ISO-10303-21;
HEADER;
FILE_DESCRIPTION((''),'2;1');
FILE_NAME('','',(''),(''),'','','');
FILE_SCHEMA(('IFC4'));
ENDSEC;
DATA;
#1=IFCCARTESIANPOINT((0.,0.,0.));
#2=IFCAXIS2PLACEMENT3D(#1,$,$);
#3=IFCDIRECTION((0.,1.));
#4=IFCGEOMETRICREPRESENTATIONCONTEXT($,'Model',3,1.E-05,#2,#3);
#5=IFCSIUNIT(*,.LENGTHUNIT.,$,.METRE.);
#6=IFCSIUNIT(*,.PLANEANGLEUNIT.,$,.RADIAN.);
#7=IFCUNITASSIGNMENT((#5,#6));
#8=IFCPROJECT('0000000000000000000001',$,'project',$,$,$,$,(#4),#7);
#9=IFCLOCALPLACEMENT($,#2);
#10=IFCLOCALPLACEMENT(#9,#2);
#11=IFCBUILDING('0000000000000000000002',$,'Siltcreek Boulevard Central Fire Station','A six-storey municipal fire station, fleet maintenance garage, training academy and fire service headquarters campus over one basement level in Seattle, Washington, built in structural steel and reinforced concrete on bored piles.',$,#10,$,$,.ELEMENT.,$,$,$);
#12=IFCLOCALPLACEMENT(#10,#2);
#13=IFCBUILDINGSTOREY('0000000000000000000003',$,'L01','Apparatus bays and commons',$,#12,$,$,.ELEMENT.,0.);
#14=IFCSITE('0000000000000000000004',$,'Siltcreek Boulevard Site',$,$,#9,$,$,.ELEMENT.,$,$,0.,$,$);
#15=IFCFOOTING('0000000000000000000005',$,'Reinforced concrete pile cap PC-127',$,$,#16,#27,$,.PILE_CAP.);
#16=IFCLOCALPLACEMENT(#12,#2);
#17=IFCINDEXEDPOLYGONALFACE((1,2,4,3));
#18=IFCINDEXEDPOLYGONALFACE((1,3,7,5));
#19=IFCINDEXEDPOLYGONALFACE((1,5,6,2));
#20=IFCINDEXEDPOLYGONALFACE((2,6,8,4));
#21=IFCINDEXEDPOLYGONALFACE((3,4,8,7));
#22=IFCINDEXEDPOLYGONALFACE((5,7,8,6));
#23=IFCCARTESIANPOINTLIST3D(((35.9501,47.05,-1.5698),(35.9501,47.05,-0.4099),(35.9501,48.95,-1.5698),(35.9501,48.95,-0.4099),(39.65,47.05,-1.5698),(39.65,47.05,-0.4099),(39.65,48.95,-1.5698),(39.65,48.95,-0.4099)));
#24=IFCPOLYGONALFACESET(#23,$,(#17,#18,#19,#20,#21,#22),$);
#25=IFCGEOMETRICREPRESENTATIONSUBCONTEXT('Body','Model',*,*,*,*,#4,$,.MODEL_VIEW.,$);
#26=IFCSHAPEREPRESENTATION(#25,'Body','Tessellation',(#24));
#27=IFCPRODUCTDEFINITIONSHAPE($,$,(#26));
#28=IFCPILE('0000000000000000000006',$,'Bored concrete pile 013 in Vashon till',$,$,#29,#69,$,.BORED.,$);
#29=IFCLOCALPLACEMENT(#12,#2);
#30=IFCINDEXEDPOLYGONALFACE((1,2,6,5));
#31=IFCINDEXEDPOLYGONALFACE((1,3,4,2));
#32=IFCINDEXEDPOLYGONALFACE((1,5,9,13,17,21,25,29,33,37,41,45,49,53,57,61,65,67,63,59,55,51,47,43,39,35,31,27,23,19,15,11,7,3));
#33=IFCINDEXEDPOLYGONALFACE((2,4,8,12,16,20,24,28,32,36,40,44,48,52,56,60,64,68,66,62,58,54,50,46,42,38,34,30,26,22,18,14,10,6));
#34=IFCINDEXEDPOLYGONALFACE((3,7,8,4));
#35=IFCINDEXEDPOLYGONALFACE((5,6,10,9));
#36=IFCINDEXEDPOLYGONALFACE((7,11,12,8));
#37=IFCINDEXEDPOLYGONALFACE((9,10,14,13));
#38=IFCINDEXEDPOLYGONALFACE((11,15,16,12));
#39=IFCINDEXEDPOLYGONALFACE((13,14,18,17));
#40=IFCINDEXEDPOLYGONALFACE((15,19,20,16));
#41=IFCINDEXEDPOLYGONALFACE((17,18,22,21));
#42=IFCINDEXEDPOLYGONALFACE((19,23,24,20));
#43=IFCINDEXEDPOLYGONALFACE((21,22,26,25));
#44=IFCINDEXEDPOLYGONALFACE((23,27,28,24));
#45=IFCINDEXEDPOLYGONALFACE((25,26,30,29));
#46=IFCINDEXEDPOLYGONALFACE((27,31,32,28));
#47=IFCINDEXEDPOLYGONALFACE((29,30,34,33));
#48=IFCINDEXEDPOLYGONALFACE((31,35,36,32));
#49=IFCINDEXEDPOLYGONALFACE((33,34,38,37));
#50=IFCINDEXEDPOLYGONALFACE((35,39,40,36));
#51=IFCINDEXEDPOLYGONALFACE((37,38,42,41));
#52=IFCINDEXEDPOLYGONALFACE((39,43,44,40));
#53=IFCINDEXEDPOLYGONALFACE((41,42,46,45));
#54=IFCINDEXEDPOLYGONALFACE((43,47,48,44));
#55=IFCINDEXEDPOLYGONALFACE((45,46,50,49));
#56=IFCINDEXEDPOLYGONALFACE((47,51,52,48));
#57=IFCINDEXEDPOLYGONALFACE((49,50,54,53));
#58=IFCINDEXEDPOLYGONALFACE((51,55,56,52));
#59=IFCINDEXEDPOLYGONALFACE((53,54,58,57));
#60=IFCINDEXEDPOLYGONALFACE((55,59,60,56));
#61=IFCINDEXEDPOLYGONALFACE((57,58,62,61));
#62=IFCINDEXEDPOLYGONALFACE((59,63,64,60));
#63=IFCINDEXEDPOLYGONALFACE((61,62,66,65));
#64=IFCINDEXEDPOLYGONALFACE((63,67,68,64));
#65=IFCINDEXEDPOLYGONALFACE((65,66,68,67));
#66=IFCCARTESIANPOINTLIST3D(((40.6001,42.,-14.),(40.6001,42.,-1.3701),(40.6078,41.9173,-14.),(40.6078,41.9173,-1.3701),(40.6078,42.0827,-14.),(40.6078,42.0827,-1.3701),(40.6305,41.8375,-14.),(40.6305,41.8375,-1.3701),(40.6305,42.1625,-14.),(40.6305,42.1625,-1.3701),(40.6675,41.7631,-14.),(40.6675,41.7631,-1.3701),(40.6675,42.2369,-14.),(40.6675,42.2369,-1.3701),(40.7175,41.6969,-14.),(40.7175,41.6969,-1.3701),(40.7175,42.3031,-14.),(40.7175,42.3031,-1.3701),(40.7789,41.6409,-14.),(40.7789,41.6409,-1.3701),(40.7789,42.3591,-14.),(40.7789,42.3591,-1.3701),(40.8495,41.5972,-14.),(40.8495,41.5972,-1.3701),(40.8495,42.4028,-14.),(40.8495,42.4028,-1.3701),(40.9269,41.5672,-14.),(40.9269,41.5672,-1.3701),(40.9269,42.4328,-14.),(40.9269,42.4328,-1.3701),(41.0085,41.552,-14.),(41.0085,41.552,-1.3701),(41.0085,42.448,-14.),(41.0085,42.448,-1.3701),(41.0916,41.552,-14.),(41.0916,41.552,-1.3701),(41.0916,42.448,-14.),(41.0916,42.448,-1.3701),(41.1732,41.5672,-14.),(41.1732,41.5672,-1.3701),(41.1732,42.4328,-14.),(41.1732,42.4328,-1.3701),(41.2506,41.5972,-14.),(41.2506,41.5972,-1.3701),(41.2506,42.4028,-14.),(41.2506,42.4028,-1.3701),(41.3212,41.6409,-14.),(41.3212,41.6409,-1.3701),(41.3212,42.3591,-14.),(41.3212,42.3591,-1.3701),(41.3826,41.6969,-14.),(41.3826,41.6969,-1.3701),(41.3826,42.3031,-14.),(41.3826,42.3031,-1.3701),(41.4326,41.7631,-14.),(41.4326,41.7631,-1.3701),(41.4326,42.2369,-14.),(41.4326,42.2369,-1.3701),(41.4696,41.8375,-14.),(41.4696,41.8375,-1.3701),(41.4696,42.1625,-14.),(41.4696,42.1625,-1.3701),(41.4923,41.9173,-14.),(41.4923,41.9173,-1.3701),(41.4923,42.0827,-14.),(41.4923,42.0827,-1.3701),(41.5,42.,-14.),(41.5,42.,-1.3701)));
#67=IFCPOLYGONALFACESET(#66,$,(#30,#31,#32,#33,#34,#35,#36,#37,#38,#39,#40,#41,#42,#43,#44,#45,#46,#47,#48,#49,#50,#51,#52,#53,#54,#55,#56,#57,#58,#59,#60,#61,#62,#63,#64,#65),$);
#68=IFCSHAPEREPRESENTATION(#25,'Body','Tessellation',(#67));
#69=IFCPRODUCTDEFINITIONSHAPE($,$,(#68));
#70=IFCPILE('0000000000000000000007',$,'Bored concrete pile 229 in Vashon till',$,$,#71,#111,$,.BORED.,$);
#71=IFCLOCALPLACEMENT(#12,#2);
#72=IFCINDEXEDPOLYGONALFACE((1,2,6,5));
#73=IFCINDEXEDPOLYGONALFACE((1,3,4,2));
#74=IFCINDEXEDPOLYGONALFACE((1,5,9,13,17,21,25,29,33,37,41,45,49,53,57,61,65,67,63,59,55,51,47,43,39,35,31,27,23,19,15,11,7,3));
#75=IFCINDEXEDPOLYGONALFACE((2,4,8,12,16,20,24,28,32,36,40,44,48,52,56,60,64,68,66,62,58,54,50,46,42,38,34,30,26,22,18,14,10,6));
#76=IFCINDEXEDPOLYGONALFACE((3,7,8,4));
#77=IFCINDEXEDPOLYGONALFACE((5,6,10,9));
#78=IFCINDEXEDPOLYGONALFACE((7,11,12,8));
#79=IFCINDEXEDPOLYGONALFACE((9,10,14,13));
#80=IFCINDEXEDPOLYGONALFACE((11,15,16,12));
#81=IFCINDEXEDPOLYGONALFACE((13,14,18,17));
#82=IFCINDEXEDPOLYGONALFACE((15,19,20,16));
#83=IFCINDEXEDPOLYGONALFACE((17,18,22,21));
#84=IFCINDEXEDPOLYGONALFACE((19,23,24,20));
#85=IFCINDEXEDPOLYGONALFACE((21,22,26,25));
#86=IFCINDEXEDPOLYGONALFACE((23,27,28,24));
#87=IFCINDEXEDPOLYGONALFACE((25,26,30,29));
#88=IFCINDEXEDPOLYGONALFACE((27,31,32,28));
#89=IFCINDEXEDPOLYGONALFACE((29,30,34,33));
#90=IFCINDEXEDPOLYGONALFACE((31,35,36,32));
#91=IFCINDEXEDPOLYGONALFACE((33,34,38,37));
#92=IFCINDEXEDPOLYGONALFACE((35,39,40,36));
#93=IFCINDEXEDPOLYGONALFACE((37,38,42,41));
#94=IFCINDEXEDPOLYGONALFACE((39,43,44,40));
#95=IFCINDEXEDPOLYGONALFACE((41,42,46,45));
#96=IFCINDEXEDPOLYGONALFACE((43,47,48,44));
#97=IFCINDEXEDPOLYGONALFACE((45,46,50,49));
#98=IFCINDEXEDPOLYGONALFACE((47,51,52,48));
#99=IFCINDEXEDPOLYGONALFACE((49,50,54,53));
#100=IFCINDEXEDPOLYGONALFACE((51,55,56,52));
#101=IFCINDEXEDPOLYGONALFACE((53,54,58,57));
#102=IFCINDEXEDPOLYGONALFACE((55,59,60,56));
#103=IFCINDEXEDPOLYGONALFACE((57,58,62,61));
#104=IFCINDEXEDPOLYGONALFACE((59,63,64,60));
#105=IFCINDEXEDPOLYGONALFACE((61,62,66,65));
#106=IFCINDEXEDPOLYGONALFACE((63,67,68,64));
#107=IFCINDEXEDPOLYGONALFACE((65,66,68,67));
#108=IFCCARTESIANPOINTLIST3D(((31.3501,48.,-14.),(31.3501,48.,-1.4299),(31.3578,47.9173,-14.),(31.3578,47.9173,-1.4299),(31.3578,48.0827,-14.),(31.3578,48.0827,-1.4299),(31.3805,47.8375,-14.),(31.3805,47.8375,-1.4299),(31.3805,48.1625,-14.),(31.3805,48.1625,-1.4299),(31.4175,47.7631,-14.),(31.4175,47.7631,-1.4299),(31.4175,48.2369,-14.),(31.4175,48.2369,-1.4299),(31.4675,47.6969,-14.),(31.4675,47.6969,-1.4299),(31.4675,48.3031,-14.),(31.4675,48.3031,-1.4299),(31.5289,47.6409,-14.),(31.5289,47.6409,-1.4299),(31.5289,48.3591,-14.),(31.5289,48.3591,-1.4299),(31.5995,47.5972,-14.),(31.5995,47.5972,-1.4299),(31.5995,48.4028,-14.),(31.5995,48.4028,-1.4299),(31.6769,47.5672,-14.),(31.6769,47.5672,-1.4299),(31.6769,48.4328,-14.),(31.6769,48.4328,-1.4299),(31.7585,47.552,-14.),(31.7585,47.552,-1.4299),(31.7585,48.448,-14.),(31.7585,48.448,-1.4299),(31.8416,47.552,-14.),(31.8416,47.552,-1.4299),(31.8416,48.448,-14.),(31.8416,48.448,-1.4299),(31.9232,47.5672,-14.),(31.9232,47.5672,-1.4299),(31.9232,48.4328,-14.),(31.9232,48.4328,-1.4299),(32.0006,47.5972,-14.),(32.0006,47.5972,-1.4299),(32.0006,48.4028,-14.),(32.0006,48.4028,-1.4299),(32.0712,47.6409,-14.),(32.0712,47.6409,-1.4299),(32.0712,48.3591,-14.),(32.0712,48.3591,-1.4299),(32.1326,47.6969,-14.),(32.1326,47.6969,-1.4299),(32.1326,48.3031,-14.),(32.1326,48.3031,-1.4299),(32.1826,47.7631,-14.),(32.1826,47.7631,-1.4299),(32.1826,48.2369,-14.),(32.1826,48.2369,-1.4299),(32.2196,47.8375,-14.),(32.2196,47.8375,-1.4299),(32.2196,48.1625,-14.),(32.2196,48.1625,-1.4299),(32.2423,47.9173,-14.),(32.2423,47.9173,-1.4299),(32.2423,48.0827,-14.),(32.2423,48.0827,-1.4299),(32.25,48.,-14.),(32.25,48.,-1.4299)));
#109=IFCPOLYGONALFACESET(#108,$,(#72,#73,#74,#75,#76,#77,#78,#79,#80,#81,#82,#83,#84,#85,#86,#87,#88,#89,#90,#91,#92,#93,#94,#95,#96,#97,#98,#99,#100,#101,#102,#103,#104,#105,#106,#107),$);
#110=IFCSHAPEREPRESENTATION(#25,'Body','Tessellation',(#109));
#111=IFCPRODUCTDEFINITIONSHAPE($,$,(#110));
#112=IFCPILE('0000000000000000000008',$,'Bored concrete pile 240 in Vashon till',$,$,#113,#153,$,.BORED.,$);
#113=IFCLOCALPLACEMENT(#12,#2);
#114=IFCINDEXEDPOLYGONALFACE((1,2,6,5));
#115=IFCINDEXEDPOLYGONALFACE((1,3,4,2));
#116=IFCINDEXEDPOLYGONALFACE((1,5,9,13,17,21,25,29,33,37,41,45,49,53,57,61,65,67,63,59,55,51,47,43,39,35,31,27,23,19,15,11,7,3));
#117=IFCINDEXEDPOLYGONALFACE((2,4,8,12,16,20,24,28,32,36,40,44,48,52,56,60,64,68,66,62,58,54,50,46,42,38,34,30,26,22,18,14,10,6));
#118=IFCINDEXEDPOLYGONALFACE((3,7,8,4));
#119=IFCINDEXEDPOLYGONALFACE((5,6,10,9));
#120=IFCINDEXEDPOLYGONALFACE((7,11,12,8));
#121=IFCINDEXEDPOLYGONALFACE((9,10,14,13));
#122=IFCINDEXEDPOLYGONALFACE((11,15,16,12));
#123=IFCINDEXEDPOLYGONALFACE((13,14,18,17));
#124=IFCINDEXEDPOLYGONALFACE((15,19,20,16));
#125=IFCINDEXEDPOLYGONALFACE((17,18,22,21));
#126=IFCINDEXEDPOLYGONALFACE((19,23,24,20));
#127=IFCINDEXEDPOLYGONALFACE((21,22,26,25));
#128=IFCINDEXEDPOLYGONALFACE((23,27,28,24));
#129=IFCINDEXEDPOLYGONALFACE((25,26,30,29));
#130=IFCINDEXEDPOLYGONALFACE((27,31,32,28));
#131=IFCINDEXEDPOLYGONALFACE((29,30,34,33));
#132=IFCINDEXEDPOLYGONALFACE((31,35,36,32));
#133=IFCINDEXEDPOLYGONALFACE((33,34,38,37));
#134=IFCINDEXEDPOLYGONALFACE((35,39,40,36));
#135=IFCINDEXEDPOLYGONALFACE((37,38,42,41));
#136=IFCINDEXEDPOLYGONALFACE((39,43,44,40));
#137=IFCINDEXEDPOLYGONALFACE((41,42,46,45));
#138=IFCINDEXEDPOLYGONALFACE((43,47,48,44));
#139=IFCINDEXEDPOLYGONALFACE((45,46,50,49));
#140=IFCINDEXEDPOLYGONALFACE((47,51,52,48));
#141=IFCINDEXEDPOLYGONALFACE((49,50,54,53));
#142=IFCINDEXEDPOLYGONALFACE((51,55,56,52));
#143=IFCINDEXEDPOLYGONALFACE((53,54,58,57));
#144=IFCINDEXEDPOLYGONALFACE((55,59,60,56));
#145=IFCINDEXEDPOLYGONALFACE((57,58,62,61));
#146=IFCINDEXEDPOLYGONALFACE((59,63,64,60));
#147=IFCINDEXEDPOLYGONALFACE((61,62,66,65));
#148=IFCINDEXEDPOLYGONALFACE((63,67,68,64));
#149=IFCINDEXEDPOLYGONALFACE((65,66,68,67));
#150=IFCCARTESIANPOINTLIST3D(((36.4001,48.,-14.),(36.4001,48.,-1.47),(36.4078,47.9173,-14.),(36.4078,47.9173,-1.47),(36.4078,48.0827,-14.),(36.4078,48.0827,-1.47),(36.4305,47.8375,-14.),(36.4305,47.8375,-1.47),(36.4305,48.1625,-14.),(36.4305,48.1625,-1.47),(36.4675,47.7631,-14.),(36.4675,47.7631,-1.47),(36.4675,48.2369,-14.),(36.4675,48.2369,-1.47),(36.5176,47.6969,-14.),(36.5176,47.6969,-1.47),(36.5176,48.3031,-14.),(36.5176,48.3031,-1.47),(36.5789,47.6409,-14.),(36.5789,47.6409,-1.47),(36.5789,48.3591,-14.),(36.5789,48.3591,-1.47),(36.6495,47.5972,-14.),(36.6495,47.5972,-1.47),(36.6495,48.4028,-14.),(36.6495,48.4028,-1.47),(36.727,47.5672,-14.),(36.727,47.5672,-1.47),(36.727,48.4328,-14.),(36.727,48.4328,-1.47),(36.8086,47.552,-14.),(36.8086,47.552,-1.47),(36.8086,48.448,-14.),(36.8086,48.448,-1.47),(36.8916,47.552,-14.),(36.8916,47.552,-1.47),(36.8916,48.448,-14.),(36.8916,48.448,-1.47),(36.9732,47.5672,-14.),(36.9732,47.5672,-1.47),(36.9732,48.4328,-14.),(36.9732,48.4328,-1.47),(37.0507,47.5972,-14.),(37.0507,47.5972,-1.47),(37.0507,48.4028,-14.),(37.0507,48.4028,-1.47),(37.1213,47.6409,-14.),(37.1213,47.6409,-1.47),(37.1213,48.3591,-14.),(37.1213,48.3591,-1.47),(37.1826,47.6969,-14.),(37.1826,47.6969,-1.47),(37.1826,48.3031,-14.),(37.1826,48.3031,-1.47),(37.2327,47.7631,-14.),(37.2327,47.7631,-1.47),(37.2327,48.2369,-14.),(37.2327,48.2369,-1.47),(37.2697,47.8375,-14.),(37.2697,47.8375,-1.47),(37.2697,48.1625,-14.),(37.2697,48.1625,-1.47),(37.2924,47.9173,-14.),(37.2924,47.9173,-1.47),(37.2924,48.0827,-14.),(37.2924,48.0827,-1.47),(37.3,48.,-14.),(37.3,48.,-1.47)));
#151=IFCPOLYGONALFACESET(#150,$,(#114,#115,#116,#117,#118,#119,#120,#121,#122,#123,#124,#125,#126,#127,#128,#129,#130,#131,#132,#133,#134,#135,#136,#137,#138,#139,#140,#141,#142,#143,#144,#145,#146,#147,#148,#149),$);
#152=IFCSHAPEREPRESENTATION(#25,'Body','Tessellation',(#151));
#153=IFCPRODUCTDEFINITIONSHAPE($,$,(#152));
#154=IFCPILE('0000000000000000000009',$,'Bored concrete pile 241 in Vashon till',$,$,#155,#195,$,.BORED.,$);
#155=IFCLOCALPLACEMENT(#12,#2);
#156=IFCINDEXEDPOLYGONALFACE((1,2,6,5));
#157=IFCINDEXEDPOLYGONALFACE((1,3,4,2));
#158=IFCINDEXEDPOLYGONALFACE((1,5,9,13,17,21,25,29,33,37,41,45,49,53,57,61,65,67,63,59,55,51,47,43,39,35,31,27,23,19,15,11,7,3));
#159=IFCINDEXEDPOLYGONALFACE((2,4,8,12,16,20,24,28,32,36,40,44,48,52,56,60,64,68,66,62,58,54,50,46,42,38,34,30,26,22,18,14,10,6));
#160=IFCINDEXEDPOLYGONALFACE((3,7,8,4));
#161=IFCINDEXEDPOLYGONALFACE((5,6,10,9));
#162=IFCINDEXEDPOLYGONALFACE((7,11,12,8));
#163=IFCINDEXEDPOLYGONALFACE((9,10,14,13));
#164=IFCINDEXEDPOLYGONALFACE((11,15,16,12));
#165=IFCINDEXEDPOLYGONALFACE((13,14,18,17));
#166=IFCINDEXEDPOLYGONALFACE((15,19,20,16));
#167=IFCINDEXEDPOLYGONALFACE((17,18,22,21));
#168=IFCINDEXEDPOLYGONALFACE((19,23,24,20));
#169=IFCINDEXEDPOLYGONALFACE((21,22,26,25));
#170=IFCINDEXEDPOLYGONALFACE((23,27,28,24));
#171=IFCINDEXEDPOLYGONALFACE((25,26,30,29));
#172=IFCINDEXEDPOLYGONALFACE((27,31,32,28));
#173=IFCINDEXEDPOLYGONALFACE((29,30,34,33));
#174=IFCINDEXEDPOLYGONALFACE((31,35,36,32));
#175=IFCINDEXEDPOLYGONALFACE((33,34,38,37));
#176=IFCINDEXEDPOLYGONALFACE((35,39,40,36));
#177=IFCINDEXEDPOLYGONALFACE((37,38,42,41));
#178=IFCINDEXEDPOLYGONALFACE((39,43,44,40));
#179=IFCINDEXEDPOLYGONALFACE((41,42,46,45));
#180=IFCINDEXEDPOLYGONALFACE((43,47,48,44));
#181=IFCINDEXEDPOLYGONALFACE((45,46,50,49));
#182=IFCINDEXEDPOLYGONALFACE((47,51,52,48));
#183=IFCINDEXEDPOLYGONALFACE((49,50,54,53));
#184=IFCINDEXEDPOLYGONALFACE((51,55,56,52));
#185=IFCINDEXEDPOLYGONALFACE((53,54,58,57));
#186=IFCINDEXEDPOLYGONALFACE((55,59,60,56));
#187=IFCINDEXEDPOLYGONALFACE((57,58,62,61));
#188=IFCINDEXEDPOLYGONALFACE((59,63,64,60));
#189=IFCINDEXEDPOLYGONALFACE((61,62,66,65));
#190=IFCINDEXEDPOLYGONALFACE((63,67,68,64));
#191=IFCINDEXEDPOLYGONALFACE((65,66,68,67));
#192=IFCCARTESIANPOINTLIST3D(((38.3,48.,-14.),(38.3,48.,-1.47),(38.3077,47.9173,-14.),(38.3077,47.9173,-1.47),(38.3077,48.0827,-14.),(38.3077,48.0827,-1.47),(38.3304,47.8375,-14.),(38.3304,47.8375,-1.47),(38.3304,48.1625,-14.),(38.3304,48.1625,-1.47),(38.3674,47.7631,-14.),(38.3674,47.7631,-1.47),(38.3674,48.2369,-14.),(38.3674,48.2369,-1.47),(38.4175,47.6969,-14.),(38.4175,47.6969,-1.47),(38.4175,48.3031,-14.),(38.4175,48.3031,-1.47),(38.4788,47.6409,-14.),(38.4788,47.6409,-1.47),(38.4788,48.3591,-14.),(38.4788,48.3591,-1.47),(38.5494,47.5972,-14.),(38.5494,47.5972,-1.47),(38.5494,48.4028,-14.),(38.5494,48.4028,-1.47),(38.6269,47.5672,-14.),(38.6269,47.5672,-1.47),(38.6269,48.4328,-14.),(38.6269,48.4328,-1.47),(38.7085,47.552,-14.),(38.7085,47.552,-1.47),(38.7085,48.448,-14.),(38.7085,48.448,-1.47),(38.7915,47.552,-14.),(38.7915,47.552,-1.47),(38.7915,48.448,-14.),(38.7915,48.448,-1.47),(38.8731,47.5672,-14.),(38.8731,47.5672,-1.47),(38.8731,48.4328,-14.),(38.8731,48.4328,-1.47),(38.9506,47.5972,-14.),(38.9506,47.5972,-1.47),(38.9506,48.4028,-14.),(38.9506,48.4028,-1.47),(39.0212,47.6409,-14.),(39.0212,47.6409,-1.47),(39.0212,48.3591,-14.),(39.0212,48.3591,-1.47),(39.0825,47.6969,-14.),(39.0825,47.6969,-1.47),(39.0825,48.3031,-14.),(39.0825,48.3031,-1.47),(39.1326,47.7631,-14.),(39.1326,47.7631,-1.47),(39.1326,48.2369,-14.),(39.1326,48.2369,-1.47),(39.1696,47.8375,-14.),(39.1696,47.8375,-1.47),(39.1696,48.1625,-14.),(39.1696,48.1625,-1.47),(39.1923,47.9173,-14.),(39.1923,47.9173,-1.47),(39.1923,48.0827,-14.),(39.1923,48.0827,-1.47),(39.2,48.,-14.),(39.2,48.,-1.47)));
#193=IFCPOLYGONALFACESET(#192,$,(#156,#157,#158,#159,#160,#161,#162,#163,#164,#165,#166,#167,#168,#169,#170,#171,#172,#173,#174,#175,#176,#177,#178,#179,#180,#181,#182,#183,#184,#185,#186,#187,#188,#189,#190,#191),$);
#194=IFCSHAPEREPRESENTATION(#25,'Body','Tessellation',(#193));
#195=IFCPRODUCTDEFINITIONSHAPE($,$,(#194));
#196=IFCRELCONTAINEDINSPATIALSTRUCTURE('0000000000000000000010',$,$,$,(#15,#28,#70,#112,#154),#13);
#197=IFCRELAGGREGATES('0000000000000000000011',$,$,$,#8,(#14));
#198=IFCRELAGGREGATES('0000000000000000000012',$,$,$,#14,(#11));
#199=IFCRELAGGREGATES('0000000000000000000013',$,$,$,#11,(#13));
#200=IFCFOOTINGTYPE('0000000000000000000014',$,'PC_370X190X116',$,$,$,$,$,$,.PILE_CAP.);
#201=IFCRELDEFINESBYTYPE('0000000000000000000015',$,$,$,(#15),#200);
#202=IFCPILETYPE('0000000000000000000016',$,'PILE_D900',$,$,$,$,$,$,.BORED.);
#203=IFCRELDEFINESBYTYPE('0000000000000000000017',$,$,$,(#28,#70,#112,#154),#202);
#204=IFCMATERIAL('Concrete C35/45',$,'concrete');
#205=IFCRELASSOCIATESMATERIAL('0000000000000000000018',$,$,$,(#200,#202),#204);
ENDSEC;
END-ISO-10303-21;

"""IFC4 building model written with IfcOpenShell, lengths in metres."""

from ifc_helpers import new_model, si_unit, direction, frame, origin, origin_2d, place, context, subcontext, project, spatial, rectangle, circle, extrude, material, material_profile, profile_set, type_object, element, save


model = new_model("IFC4")

# Units and contexts
model_context = context("Model", 3, precision=1e-05, world=origin(), true_north=direction((0.0, 1.0)))
body_context = subcontext(model_context, "Body", "Model", "MODEL_VIEW")
ifc_project = project(units=[si_unit("LENGTHUNIT", "METRE"), si_unit("PLANEANGLEUNIT", "RADIAN")], contexts=[model_context])

# Site, building, storey
site_placement = place(None, origin())
site = spatial("IfcSite", under=ifc_project, at=site_placement, Name="Siltcreek Boulevard Site", CompositionType="ELEMENT", RefElevation=0.0)
building_placement = place(site_placement, origin())
building = spatial("IfcBuilding", under=site, at=building_placement, Name="Siltcreek Boulevard Central Fire Station", Description="A six-storey municipal fire station, fleet maintenance garage, training academy and fire service headquarters campus over one basement level in Seattle, Washington, built in structural steel and reinforced concrete on bored piles.", CompositionType="ELEMENT")
storey_placement = place(building_placement, origin())
storey = spatial("IfcBuildingStorey", under=building, at=storey_placement, Name="L01", Description="Apparatus bays and commons", CompositionType="ELEMENT", Elevation=0.0)

# Footing
ifc_material_1 = material(Name="Concrete C35/45", Category="concrete")
footing_type_1 = type_object("IfcFootingType", Name="PC_370X190X116", PredefinedType="PILE_CAP", material=ifc_material_1)
footing_1_placement = place(storey_placement, frame((37.8, 48.0, -1.5698), z_axis=(0.0, 0.0, 1.0), x_axis=(1.0, 0.0, 0.0)))
element("IfcFooting", 1, at=footing_1_placement, inside=storey, type_object=footing_type_1, Name="Reinforced concrete pile cap PC-127", PredefinedType="PILE_CAP", context=body_context, shape_type="SweptSolid", body=[
    extrude(rectangle(XDim=3.7, YDim=1.8999, at=origin_2d()), origin(), (0.0, 0.0, 1.0), 1.1599),
])

# Piles
ifc_material_profile_1 = material_profile(ifc_material_1, circle(Radius=0.45, at=origin_2d()), Name="SHAFT900")
ifc_profile_set_1 = profile_set([ifc_material_profile_1], Name="Concrete C35/45")
pile_type = type_object("IfcPileType", Name="PILE_D900", PredefinedType="BORED", material=ifc_profile_set_1)
pile_1_placement = place(storey_placement, frame((41.05, 42.0, -1.3701), z_axis=(0.0, 0.0, -1.0), x_axis=(1.0, 0.0, 0.0)))
element("IfcPile", 2, at=pile_1_placement, inside=storey, type_object=pile_type, Name="Bored concrete pile 013 in Vashon till", PredefinedType="BORED", context=body_context, shape_type="SweptSolid", body=[
    extrude(circle(Radius=0.45, at=origin_2d()), origin(), (0.0, 0.0, 1.0), 12.6299),
])
pile_2_placement = place(storey_placement, frame((31.8, 48.0, -1.4299), z_axis=(0.0, 0.0, -1.0), x_axis=(1.0, 0.0, 0.0)))
element("IfcPile", 3, at=pile_2_placement, inside=storey, type_object=pile_type, Name="Bored concrete pile 229 in Vashon till", PredefinedType="BORED", context=body_context, shape_type="SweptSolid", body=[
    extrude(circle(Radius=0.45, at=origin_2d()), origin(), (0.0, 0.0, 1.0), 12.5701),
])
for number, where, z_axis, x_axis, name in (
    (4, (36.8501, 48.0, -1.47), (0.0, 0.0, -1.0), (1.0, 0.0, 0.0), "Bored concrete pile 240 in Vashon till"),
    (5, (38.75, 48.0, -1.47), (0.0, 0.0, -1.0), (1.0, 0.0, 0.0), "Bored concrete pile 241 in Vashon till"),
):
    element("IfcPile", number, at=place(storey_placement, frame(where, z_axis=z_axis, x_axis=x_axis)), inside=storey, type_object=pile_type, Name=name, PredefinedType="BORED", context=body_context, shape_type="SweptSolid", body=[
        extrude(circle(Radius=0.45, at=origin_2d()), origin(), (0.0, 0.0, 1.0), 12.53),
    ])

save(model, "model.ifc")
